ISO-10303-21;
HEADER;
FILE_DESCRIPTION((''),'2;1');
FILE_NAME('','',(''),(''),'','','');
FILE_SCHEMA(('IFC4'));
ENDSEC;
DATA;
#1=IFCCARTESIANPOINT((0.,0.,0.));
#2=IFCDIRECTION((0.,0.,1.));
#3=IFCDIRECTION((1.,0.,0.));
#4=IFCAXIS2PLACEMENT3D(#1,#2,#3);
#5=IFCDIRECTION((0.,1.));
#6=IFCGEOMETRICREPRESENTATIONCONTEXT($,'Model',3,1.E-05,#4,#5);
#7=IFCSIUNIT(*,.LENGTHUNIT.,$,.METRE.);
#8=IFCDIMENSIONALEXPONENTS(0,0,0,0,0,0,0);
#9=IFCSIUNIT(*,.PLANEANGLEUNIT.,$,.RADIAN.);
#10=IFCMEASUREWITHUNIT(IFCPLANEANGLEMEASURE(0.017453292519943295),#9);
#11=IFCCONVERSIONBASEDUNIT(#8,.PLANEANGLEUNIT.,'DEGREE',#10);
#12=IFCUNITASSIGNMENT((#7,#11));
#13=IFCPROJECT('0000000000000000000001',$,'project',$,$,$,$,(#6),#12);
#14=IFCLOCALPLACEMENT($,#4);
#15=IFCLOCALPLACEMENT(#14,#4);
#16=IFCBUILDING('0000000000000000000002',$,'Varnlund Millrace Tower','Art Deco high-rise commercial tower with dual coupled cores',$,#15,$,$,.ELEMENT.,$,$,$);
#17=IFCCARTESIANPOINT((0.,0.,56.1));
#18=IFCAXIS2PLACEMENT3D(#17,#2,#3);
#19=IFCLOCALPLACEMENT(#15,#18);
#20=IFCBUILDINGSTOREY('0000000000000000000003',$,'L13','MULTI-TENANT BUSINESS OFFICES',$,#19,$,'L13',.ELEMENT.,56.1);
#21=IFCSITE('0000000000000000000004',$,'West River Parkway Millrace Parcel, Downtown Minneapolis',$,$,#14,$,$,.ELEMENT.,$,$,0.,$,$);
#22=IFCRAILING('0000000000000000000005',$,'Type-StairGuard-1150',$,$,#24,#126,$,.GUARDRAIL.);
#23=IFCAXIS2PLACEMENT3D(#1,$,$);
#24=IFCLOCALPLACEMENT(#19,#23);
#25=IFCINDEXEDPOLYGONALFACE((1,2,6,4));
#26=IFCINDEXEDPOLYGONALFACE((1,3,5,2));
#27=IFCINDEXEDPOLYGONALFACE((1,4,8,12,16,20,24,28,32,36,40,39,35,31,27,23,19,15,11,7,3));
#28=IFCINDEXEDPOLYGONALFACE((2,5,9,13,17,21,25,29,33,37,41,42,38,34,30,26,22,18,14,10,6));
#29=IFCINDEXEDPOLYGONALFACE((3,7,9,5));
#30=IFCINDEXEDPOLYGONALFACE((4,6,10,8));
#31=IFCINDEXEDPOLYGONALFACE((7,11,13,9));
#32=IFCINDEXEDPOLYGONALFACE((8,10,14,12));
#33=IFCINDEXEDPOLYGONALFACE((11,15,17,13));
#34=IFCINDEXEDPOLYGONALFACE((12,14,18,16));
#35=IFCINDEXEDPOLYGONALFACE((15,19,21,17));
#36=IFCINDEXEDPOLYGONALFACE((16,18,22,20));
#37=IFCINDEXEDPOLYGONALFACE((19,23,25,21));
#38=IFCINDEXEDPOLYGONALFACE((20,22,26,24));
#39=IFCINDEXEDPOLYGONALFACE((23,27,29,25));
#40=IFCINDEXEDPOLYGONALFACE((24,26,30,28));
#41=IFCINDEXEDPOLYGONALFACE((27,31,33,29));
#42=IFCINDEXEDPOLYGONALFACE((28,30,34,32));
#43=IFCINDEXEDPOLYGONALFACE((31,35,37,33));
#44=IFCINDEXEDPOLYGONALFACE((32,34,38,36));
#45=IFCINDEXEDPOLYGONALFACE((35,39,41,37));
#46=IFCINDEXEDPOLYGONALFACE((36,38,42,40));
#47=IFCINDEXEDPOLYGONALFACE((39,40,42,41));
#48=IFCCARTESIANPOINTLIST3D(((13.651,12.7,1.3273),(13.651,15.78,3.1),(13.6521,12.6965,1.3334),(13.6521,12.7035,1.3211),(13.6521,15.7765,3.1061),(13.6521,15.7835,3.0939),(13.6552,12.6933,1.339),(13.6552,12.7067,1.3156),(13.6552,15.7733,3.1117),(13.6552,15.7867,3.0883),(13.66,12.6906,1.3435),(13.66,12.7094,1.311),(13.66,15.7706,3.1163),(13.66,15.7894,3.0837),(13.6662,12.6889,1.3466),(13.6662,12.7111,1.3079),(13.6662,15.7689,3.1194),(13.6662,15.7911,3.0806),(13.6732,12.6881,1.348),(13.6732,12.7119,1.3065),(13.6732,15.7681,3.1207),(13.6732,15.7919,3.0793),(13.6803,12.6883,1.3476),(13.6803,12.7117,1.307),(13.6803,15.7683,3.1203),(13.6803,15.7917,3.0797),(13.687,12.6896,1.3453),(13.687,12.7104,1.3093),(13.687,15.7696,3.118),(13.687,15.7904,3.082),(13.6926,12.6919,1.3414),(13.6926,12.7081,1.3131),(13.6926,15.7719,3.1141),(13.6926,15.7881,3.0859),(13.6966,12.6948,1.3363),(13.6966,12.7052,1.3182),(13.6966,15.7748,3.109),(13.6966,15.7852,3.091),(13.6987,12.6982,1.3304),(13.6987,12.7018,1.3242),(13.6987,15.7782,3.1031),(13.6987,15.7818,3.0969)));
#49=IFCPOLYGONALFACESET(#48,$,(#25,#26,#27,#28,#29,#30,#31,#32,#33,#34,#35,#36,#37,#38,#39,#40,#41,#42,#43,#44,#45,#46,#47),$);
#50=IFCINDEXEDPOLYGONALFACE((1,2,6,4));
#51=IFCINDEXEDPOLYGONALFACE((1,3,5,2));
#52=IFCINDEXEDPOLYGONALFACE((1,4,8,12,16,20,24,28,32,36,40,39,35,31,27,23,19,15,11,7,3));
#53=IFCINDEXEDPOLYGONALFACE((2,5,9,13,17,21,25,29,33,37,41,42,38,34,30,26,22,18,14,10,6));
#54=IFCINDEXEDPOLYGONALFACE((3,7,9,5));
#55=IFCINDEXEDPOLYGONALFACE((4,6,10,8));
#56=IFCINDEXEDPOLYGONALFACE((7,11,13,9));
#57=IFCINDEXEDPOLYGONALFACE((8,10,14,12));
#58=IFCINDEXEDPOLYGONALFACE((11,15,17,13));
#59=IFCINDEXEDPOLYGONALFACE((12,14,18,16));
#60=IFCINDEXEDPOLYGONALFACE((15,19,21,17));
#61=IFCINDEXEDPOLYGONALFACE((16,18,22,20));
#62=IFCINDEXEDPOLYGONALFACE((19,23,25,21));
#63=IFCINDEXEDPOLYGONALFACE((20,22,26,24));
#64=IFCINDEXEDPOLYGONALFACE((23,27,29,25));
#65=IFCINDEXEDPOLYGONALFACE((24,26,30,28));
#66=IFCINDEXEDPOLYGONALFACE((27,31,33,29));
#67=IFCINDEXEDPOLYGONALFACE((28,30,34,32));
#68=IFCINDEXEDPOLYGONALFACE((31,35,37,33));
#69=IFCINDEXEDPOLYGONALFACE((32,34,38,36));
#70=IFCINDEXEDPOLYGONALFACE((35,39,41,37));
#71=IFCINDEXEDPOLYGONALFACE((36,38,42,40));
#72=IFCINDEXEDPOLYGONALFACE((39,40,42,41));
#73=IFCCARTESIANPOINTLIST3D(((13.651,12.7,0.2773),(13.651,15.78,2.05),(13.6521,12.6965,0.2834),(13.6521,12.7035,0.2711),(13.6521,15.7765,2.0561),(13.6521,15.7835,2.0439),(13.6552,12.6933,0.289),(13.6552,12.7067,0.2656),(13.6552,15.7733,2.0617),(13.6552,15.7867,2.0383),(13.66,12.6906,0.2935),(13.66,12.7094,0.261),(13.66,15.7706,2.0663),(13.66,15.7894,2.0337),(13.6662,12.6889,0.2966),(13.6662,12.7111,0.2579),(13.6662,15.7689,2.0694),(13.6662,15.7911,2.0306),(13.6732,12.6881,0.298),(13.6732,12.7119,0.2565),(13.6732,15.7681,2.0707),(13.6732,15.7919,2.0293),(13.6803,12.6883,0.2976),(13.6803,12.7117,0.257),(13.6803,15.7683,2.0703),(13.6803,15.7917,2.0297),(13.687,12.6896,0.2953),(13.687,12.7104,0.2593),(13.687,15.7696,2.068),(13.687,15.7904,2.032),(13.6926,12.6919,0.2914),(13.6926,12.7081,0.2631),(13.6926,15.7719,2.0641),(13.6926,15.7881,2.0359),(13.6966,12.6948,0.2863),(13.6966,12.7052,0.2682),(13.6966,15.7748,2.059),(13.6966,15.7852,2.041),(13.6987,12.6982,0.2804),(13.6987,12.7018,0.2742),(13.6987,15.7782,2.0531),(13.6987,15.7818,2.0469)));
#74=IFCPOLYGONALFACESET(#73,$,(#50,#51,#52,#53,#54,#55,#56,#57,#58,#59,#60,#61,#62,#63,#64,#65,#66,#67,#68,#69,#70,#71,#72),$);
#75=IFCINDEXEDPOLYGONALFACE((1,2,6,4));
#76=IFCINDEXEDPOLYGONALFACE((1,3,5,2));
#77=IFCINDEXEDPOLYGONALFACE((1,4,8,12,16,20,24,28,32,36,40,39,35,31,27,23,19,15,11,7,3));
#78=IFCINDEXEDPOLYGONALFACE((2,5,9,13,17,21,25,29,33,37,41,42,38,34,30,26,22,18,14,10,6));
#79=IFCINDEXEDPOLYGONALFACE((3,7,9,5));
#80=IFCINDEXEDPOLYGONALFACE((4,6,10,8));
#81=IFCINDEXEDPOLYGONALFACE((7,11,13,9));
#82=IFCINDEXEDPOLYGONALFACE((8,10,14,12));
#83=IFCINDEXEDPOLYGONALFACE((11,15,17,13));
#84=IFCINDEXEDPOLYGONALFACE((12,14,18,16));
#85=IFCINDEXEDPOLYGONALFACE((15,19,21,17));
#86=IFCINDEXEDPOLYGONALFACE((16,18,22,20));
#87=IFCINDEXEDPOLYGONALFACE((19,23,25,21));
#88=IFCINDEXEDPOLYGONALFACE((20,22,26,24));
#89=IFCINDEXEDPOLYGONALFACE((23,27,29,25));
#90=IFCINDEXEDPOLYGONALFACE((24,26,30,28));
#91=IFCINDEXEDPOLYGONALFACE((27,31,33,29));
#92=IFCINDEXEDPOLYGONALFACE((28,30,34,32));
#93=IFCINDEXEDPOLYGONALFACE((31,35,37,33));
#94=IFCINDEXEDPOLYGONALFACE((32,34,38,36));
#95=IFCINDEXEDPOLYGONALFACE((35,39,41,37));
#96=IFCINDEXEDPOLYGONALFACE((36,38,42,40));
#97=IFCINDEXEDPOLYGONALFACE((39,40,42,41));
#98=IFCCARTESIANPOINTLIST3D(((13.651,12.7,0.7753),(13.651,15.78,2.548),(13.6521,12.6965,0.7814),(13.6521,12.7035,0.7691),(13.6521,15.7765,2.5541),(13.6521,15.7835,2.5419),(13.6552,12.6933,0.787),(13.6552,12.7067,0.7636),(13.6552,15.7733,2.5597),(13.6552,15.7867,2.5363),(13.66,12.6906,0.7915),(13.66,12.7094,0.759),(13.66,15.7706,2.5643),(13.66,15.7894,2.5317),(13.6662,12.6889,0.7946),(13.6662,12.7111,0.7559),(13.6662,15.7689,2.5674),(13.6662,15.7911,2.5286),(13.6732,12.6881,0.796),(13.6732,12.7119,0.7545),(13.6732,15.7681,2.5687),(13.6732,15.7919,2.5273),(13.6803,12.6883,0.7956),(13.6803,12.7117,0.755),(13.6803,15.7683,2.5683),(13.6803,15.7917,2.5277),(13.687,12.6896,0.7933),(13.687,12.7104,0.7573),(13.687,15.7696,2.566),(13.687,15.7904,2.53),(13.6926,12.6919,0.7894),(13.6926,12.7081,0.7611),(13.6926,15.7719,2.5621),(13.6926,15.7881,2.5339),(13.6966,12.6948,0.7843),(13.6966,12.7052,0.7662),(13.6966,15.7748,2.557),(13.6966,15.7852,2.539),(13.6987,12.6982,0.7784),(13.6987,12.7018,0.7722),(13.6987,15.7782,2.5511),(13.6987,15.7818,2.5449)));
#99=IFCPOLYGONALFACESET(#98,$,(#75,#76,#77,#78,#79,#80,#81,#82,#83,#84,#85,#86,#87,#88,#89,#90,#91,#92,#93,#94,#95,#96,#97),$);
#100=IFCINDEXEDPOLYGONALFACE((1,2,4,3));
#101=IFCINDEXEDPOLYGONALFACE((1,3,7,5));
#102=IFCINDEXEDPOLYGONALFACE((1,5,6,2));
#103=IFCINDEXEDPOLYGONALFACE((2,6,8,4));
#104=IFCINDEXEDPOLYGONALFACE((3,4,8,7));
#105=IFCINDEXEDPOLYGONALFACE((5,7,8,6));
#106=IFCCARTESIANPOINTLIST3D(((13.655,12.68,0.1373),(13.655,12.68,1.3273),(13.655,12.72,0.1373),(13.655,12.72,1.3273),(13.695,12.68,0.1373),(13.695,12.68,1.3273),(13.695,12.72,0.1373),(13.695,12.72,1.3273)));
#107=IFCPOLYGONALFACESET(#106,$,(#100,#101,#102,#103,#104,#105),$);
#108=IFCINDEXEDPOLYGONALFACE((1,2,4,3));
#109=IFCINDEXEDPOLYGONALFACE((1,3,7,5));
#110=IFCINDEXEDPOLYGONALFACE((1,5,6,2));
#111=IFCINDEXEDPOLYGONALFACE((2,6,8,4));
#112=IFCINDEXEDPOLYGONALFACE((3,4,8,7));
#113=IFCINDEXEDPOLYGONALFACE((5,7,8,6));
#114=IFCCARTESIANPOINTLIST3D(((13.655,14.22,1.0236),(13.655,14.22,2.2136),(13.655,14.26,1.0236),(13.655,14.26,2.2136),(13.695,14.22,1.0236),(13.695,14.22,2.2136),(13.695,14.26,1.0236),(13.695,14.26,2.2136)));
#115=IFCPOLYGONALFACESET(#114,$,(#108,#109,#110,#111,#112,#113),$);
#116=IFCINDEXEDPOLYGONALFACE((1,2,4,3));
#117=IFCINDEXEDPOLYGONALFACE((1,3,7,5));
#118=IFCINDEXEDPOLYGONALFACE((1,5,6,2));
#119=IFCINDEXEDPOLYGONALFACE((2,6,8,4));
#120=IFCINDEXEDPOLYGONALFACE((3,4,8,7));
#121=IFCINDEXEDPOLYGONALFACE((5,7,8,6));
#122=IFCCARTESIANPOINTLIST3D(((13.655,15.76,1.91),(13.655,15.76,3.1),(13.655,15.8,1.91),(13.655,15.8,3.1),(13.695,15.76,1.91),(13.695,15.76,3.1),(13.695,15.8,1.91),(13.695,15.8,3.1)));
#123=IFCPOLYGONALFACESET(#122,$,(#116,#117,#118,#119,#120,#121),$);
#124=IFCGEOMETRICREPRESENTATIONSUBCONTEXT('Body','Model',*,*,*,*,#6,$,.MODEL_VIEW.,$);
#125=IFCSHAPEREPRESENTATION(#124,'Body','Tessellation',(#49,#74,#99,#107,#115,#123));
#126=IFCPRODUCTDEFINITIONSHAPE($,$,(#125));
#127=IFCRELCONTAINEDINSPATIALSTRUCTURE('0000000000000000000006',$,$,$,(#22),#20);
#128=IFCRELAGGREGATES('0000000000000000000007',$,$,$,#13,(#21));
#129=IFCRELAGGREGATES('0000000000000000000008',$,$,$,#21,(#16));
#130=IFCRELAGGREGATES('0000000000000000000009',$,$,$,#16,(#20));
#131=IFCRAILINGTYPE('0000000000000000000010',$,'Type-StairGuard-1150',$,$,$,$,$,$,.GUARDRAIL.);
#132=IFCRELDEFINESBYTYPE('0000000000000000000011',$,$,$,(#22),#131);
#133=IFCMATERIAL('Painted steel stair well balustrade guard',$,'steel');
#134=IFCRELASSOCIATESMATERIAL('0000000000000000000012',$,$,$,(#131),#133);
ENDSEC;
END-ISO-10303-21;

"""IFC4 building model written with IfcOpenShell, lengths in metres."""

from ifc_helpers import new_model, entity, si_unit, converted_unit, direction, frame, origin_with_axes, origin_2d_with_axis, place, context, subcontext, project, spatial, rectangle, circle, extrude, material, type_object, element, save


model = new_model("IFC4")

# Units and contexts
model_context = context("Model", 3, precision=1e-05, world=origin_with_axes(), true_north=direction((0.0, 1.0)))
body_context = subcontext(model_context, "Body", "Model", "MODEL_VIEW")
ifc_project = project(units=[si_unit("LENGTHUNIT", "METRE"), converted_unit("PLANEANGLEUNIT", "DEGREE", entity("IfcPlaneAngleMeasure", 0.017453292519943295), si_unit("PLANEANGLEUNIT", "RADIAN"), dimensions=[0, 0, 0, 0, 0, 0, 0])], contexts=[model_context])

# Site, building, storey
site_placement = place(None, origin_with_axes())
site = spatial("IfcSite", under=ifc_project, at=site_placement, Name="West River Parkway Millrace Parcel, Downtown Minneapolis", CompositionType="ELEMENT", RefElevation=0.0)
building_placement = place(site_placement, origin_with_axes())
building = spatial("IfcBuilding", under=site, at=building_placement, Name="Varnlund Millrace Tower", Description="Art Deco high-rise commercial tower with dual coupled cores", CompositionType="ELEMENT")
storey_placement = place(building_placement, frame((0.0, 0.0, 56.1), z_axis=(0.0, 0.0, 1.0), x_axis=(1.0, 0.0, 0.0)))
storey = spatial("IfcBuildingStorey", under=building, at=storey_placement, Name="L13", Description="MULTI-TENANT BUSINESS OFFICES", LongName="L13", CompositionType="ELEMENT", Elevation=56.1)

# Railing
ifc_material_1 = material(Name="Painted steel stair well balustrade guard", Category="steel")
railing_type_1 = type_object("IfcRailingType", Name="Type-StairGuard-1150", PredefinedType="GUARDRAIL", material=ifc_material_1)
railing_1_placement = place(storey_placement, frame((0.0, 0.0, -56.1), z_axis=(0.0, 0.0, 1.0), x_axis=(1.0, 0.0, 0.0)))
element("IfcRailing", 1, at=railing_1_placement, inside=storey, type_object=railing_type_1, Name="Type-StairGuard-1150", PredefinedType="GUARDRAIL", context=body_context, shape_type="SweptSolid", body=[
    extrude(circle(Radius=0.024, at=origin_2d_with_axis()), frame((13.675, 12.7, 57.4273), z_axis=(0.0, 0.866696, 0.498836), x_axis=(-1.0, 0.0, 0.0)), (0.0, 0.0, 1.0), 3.5537),
    extrude(circle(Radius=0.024, at=origin_2d_with_axis()), frame((13.675, 12.7, 56.3773), z_axis=(0.0, 0.866696, 0.498836), x_axis=(-1.0, 0.0, 0.0)), (0.0, 0.0, 1.0), 3.5537),
    extrude(circle(Radius=0.024, at=origin_2d_with_axis()), frame((13.675, 12.7, 56.8753), z_axis=(0.0, 0.866696, 0.498836), x_axis=(-1.0, 0.0, 0.0)), (0.0, 0.0, 1.0), 3.5537),
    extrude(rectangle(XDim=0.04, YDim=0.04, at=origin_2d_with_axis()), frame((13.675, 12.7, 56.2373), z_axis=(0.0, 0.0, 1.0), x_axis=(1.0, 0.0, 0.0)), (0.0, 0.0, 1.0), 1.19),
    extrude(rectangle(XDim=0.04, YDim=0.04, at=origin_2d_with_axis()), frame((13.675, 14.24, 57.1236), z_axis=(0.0, 0.0, 1.0), x_axis=(1.0, 0.0, 0.0)), (0.0, 0.0, 1.0), 1.19),
    extrude(rectangle(XDim=0.04, YDim=0.04, at=origin_2d_with_axis()), frame((13.675, 15.78, 58.01), z_axis=(0.0, 0.0, 1.0), x_axis=(1.0, 0.0, 0.0)), (0.0, 0.0, 1.0), 1.19),
])

save(model, "model.ifc")
